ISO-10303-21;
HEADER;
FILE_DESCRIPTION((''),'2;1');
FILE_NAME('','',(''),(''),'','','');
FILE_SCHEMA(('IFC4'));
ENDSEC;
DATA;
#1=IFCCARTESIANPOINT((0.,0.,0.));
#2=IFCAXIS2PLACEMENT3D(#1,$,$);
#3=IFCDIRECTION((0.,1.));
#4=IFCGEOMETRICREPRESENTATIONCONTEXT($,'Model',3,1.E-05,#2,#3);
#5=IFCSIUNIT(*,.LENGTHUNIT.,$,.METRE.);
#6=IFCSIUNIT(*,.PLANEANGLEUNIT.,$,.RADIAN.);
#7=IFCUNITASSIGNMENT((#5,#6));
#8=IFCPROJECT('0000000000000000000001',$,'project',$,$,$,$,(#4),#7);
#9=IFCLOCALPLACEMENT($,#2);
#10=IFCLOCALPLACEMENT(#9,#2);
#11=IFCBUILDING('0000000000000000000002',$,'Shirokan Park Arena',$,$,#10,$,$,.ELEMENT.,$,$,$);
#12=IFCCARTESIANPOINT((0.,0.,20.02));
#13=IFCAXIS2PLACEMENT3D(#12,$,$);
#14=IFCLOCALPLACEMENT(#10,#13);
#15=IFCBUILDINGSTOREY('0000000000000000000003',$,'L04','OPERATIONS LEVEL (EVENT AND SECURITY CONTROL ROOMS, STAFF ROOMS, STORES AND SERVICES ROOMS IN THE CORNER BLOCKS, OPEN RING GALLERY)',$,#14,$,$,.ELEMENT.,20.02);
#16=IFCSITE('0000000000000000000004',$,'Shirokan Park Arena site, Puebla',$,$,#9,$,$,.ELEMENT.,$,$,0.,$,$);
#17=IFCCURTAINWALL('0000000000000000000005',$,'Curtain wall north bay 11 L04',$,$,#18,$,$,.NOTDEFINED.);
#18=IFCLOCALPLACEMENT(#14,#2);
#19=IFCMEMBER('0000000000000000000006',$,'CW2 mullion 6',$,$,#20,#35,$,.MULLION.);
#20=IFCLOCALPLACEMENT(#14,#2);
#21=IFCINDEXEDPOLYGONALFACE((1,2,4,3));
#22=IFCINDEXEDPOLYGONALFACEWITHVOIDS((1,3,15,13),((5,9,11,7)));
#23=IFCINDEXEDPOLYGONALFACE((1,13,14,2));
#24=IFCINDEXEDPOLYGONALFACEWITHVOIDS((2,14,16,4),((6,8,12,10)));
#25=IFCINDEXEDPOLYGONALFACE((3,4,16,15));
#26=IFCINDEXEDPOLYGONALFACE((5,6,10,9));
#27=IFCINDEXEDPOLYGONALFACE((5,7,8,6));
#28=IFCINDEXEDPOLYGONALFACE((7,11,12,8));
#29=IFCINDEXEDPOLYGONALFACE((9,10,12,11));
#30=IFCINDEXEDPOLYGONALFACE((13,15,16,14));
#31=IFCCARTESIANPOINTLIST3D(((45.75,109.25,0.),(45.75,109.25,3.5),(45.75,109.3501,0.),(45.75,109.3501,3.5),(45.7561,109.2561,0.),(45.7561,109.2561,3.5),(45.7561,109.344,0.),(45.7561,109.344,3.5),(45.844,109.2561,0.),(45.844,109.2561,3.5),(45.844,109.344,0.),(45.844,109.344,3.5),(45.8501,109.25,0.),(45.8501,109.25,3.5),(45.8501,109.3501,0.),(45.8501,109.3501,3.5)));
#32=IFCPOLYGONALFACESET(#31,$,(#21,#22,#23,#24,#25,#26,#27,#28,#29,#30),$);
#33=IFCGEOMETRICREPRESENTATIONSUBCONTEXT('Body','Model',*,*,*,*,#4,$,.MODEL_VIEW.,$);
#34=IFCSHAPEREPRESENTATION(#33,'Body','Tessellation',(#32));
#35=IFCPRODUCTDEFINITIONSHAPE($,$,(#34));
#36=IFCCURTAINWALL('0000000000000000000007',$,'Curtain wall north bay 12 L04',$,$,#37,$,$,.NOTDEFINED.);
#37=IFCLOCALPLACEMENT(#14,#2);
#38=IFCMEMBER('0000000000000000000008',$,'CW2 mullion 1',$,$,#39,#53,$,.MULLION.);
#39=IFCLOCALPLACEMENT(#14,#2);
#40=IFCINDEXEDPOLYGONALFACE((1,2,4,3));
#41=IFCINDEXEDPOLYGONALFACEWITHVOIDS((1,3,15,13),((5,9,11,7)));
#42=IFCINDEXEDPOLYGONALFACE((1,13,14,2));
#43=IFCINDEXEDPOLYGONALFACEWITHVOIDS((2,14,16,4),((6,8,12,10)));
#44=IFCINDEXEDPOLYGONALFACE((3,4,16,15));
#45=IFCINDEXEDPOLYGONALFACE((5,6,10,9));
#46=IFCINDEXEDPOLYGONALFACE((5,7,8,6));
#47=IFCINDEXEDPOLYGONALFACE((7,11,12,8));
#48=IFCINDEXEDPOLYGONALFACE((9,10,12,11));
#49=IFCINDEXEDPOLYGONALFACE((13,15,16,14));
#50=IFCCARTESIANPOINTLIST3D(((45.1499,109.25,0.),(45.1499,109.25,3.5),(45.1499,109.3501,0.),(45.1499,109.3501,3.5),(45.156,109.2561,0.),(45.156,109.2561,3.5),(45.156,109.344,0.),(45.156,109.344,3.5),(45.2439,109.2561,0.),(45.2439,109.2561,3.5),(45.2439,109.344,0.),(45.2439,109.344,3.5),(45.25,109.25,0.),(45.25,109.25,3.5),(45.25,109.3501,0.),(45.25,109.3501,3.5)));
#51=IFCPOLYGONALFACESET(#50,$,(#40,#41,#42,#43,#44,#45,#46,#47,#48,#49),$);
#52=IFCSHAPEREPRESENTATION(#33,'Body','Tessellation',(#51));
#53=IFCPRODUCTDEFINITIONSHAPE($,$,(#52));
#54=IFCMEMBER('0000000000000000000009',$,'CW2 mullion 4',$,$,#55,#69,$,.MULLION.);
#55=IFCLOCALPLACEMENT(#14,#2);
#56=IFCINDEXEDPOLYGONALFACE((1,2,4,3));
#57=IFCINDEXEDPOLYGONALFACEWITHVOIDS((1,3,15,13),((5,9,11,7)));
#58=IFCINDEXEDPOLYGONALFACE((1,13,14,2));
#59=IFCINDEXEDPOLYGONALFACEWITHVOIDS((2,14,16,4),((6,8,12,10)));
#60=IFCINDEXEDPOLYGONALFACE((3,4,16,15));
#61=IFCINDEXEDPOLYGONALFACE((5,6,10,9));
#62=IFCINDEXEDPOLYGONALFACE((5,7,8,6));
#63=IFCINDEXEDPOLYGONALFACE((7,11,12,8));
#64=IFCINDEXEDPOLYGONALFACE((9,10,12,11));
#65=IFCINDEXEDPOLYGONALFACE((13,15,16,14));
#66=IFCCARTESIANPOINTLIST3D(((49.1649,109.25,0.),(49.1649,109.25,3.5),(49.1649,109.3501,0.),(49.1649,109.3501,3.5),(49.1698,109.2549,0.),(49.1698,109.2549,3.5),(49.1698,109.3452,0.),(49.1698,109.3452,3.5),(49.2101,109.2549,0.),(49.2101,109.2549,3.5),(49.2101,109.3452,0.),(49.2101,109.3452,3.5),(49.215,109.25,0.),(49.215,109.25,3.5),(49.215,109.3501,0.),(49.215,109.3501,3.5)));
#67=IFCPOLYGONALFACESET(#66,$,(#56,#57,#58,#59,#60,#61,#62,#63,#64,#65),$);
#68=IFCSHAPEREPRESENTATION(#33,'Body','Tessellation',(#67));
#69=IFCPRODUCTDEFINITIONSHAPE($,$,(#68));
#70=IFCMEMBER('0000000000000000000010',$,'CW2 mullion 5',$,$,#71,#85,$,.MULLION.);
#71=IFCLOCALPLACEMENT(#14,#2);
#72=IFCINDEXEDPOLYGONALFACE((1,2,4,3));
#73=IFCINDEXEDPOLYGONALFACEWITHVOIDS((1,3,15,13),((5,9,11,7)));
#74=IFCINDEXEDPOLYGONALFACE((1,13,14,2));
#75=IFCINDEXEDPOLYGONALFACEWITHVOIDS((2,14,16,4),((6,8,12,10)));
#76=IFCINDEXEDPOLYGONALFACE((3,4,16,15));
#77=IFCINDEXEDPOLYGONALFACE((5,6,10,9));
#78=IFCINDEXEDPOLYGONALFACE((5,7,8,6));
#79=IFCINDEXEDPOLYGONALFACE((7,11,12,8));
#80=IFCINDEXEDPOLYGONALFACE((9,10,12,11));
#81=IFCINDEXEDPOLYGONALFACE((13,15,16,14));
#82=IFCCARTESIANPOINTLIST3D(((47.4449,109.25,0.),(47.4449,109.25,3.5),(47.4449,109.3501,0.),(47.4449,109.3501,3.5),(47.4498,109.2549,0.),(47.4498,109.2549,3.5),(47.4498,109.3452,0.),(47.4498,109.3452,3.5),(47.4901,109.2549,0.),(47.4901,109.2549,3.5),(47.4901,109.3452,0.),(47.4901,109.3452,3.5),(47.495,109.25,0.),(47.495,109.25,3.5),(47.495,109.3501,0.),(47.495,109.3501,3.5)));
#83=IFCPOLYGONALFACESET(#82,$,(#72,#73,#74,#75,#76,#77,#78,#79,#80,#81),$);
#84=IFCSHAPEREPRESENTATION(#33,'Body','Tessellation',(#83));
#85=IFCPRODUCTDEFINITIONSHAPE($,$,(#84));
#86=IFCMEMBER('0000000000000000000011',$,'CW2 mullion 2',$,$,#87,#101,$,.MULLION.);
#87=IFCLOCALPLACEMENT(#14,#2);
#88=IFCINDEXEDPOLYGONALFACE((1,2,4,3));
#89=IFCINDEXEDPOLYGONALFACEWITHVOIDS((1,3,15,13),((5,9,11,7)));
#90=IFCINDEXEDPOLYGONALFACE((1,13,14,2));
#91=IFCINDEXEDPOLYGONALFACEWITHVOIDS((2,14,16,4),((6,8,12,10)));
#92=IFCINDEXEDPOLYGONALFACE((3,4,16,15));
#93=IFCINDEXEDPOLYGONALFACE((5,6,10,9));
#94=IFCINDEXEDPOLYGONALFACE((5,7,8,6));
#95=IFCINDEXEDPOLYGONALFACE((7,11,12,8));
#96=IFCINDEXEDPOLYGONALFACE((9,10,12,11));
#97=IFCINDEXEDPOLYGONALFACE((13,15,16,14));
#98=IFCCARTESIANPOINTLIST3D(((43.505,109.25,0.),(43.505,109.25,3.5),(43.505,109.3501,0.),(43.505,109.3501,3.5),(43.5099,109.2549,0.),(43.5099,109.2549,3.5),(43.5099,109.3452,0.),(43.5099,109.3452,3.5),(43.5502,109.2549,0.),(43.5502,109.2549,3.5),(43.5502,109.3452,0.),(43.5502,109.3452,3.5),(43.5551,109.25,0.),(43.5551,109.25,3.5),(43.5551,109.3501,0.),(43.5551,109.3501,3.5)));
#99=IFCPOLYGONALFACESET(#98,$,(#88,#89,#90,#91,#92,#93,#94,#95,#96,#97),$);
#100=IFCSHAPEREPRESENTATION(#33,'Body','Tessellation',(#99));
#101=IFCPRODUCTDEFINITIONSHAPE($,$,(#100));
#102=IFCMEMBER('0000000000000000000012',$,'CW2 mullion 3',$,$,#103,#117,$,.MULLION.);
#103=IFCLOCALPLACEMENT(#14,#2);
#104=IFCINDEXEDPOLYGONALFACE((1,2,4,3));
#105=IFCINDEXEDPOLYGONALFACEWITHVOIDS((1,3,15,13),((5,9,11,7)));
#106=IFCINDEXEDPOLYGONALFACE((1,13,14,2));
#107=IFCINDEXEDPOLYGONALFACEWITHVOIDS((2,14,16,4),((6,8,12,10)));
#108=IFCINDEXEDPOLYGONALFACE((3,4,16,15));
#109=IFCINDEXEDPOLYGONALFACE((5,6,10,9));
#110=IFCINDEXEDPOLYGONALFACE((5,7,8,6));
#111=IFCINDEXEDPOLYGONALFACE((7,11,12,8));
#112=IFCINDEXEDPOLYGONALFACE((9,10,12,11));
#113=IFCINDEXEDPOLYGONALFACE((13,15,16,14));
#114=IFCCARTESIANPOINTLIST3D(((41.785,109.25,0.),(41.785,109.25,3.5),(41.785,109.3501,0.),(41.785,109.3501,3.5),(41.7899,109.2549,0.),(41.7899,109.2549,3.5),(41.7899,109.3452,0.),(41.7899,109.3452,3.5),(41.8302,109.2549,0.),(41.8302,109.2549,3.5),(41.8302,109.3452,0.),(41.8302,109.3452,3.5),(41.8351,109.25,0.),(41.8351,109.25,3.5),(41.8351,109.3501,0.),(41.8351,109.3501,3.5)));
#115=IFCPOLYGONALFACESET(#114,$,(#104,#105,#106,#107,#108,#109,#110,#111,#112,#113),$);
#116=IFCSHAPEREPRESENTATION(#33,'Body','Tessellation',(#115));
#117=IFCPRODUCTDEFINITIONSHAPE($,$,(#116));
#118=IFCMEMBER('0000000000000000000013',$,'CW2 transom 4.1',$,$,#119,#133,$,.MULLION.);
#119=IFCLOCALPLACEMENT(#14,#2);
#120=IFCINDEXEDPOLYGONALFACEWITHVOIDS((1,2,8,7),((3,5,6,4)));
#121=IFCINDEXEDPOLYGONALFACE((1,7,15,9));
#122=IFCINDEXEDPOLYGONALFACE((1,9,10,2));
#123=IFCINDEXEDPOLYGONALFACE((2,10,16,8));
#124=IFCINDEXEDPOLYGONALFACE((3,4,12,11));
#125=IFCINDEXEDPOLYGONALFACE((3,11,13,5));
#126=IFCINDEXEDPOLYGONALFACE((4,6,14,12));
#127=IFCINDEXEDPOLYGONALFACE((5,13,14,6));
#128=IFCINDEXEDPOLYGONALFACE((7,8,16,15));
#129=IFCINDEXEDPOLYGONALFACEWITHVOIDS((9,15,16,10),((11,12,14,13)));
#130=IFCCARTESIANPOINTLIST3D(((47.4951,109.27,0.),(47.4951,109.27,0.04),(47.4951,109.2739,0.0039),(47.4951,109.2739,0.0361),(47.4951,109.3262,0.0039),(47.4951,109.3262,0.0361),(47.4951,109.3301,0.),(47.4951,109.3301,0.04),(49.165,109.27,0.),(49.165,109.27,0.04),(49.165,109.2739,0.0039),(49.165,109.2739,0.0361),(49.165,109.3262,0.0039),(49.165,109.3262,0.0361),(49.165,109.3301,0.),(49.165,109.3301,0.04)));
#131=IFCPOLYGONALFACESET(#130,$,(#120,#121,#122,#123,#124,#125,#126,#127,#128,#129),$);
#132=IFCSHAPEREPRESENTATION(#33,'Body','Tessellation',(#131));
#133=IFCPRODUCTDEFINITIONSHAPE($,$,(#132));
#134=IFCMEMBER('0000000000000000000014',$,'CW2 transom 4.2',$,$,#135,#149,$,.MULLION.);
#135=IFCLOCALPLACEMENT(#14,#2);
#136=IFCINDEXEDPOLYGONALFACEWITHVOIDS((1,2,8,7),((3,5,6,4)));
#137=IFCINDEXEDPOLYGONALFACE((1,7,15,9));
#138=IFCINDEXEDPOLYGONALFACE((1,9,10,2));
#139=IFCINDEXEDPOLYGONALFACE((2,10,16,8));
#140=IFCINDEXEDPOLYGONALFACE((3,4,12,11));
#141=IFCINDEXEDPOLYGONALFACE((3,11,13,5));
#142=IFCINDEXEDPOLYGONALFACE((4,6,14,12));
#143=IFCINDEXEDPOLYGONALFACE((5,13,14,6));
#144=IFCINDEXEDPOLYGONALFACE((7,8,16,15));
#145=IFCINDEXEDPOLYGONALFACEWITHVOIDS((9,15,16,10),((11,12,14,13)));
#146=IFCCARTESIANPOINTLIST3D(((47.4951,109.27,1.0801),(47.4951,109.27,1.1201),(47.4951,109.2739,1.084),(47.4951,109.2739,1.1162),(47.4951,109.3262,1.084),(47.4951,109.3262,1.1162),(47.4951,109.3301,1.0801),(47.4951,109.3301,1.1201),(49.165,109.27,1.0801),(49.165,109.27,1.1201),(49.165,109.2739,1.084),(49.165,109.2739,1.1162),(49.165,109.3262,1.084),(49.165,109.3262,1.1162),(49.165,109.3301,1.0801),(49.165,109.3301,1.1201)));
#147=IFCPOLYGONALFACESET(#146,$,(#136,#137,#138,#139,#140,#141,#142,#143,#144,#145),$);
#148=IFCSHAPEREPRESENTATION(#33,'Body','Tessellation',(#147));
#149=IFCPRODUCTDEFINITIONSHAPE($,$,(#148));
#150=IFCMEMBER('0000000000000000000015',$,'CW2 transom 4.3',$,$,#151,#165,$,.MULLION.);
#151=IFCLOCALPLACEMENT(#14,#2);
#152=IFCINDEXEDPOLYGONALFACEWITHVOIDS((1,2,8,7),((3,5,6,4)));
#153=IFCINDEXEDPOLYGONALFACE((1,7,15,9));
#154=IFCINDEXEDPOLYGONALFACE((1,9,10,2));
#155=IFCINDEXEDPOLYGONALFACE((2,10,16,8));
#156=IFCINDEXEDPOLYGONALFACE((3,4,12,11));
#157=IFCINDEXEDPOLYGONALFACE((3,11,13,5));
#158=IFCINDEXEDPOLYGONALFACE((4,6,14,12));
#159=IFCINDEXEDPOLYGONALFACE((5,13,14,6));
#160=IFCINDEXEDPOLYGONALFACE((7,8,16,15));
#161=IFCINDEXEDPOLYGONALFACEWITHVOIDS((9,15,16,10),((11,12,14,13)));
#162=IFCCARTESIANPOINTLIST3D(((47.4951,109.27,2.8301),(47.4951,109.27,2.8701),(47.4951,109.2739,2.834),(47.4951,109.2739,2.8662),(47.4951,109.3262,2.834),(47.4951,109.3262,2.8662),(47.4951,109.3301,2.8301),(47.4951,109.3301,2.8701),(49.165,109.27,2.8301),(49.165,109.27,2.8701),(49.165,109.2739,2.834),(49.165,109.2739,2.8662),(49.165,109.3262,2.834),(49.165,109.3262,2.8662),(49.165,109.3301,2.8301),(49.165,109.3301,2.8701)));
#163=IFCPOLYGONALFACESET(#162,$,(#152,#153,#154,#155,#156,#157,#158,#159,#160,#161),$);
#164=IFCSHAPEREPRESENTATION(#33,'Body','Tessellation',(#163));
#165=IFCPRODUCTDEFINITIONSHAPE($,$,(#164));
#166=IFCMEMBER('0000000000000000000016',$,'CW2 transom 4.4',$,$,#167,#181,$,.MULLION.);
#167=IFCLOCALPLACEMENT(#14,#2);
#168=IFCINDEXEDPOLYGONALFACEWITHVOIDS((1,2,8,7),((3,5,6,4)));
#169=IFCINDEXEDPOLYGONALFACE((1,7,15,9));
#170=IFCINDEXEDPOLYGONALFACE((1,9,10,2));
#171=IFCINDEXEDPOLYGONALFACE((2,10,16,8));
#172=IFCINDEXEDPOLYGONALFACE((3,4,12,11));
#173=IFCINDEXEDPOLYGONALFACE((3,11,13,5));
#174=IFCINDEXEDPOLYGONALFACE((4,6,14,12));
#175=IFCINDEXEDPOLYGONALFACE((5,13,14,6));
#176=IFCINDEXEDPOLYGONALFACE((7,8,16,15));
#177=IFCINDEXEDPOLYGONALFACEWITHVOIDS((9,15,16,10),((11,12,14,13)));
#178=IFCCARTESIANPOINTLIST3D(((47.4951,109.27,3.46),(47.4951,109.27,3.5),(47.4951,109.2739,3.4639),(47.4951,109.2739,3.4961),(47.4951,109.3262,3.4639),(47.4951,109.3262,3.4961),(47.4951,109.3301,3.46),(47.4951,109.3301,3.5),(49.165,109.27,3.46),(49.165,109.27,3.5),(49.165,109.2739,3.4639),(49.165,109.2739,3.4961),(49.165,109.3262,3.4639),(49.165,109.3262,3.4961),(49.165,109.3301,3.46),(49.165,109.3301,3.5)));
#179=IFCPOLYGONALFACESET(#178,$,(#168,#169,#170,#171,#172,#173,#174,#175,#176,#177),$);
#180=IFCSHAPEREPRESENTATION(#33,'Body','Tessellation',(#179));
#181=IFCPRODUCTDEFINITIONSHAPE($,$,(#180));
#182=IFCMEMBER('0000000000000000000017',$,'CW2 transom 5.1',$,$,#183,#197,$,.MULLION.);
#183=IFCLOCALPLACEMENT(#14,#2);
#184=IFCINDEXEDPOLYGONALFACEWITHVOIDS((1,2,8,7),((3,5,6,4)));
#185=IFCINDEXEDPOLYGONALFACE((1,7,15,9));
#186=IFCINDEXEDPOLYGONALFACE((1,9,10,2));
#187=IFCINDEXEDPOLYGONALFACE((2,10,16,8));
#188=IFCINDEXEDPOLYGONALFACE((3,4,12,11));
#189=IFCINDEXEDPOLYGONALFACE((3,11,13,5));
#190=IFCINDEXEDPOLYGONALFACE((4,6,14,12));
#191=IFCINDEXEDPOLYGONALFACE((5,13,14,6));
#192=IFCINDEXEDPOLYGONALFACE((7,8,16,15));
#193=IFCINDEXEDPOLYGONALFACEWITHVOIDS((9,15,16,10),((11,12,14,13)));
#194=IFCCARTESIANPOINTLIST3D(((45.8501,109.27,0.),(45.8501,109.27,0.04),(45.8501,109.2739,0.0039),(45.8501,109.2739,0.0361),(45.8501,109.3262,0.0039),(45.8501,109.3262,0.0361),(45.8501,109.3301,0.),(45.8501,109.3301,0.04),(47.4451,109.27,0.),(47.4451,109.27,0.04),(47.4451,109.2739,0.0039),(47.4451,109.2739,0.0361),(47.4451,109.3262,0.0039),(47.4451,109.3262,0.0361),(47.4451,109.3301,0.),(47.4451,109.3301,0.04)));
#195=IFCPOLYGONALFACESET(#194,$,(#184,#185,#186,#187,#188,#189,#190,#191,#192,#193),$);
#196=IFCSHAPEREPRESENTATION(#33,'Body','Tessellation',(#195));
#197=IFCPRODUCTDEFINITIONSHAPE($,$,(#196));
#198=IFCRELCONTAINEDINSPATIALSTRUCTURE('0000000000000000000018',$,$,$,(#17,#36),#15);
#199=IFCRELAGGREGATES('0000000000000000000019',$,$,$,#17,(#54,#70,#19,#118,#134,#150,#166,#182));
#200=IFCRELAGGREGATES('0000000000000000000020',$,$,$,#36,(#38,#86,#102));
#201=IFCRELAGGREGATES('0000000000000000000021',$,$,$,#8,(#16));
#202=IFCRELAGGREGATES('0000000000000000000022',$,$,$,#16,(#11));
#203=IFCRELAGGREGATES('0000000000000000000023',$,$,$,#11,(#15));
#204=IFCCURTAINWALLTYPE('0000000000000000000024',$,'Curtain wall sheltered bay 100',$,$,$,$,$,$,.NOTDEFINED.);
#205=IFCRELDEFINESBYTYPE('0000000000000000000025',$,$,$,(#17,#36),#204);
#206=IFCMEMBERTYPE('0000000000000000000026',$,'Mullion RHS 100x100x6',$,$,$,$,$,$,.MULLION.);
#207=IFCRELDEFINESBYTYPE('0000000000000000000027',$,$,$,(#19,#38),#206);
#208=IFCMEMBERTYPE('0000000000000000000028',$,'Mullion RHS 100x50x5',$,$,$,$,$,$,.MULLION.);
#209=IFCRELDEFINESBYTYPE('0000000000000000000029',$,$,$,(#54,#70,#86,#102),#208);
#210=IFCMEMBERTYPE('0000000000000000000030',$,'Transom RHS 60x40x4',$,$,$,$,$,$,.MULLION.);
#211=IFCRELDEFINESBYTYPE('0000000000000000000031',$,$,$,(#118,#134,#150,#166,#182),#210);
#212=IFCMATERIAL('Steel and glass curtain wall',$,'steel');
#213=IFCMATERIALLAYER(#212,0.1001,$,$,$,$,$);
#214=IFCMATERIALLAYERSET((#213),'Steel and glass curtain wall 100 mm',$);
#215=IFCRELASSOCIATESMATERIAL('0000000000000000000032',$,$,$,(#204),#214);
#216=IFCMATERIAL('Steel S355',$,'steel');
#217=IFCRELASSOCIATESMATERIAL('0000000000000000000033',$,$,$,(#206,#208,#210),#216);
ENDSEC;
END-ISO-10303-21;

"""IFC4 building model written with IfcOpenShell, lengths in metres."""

from ifc_helpers import new_model, si_unit, direction, frame, origin, origin_2d, place, context, subcontext, project, spatial, hollow_rectangle, extrude, material, layer, layer_set, material_profile, profile_set, type_object, element, aggregate, save


model = new_model("IFC4")

# Units and contexts
model_context = context("Model", 3, precision=1e-05, world=origin(), true_north=direction((0.0, 1.0)))
body_context = subcontext(model_context, "Body", "Model", "MODEL_VIEW")
ifc_project = project(units=[si_unit("LENGTHUNIT", "METRE"), si_unit("PLANEANGLEUNIT", "RADIAN")], contexts=[model_context])

# Site, building, storey
site_placement = place(None, origin())
site = spatial("IfcSite", under=ifc_project, at=site_placement, Name="Shirokan Park Arena site, Puebla", CompositionType="ELEMENT", RefElevation=0.0)
building_placement = place(site_placement, origin())
building = spatial("IfcBuilding", under=site, at=building_placement, Name="Shirokan Park Arena", CompositionType="ELEMENT")
storey_placement = place(building_placement, frame((0.0, 0.0, 20.02)))
storey = spatial("IfcBuildingStorey", under=building, at=storey_placement, Name="L04", Description="OPERATIONS LEVEL (EVENT AND SECURITY CONTROL ROOMS, STAFF ROOMS, STORES AND SERVICES ROOMS IN THE CORNER BLOCKS, OPEN RING GALLERY)", CompositionType="ELEMENT", Elevation=20.02)

# Curtain walls, members
ifc_material_1 = material(Name="Steel and glass curtain wall", Category="steel")
ifc_layer_1 = layer(ifc_material_1, 0.1001)
ifc_layer_set_1 = layer_set([ifc_layer_1], Name="Steel and glass curtain wall 100 mm")
curtain_wall_type = type_object("IfcCurtainWallType", Name="Curtain wall sheltered bay 100", PredefinedType="NOTDEFINED", material=ifc_layer_set_1)
curtain_wall_1_placement = place(storey_placement, origin())
curtain_wall_1 = element("IfcCurtainWall", 1, at=curtain_wall_1_placement, inside=storey, type_object=curtain_wall_type, Name="Curtain wall north bay 11 L04", PredefinedType="NOTDEFINED")
ifc_material_2 = material(Name="Steel S355", Category="steel")
ifc_material_profile_1 = material_profile(ifc_material_2, hollow_rectangle(XDim=0.1001, YDim=0.1001, WallThickness=0.0061, at=origin_2d()), Name="RHS 100x100x6")
ifc_profile_set_1 = profile_set([ifc_material_profile_1], Name="Steel S355")
member_type_1 = type_object("IfcMemberType", Name="Mullion RHS 100x100x6", PredefinedType="MULLION", material=ifc_profile_set_1)
member_1_placement = place(storey_placement, frame((45.8, 109.3, 0.0), z_axis=(0.0, 0.0, 1.0), x_axis=(0.0, -1.0, 0.0)))
member_1 = element("IfcMember", 2, at=member_1_placement, type_object=member_type_1, Name="CW2 mullion 6", PredefinedType="MULLION", context=body_context, shape_type="SweptSolid", body=[
    extrude(hollow_rectangle(XDim=0.1001, YDim=0.1001, WallThickness=0.0061, at=origin_2d()), origin(), (0.0, 0.0, 1.0), 3.5),
])
curtain_wall_2_placement = place(storey_placement, origin())
curtain_wall_2 = element("IfcCurtainWall", 3, at=curtain_wall_2_placement, inside=storey, type_object=curtain_wall_type, Name="Curtain wall north bay 12 L04", PredefinedType="NOTDEFINED")
member_2_placement = place(storey_placement, frame((45.2, 109.3, 0.0), z_axis=(0.0, 0.0, 1.0), x_axis=(0.0, -1.0, 0.0)))
member_2 = element("IfcMember", 4, at=member_2_placement, type_object=member_type_1, Name="CW2 mullion 1", PredefinedType="MULLION", context=body_context, shape_type="SweptSolid", body=[
    extrude(hollow_rectangle(XDim=0.1001, YDim=0.1001, WallThickness=0.0061, at=origin_2d()), origin(), (0.0, 0.0, 1.0), 3.5),
])

# Members
ifc_material_profile_2 = material_profile(ifc_material_2, hollow_rectangle(XDim=0.1001, YDim=0.05, WallThickness=0.0049, at=origin_2d()), Name="RHS 100x50x5")
ifc_profile_set_2 = profile_set([ifc_material_profile_2], Name="Steel S355")
member_type_2 = type_object("IfcMemberType", Name="Mullion RHS 100x50x5", PredefinedType="MULLION", material=ifc_profile_set_2)
member_3_placement = place(storey_placement, frame((49.1899, 109.3, 0.0), z_axis=(0.0, 0.0, 1.0), x_axis=(0.0, -1.0, 0.0)))
member_3 = element("IfcMember", 5, at=member_3_placement, type_object=member_type_2, Name="CW2 mullion 4", PredefinedType="MULLION", context=body_context, shape_type="SweptSolid", body=[
    extrude(hollow_rectangle(XDim=0.1001, YDim=0.05, WallThickness=0.0049, at=origin_2d()), origin(), (0.0, 0.0, 1.0), 3.5),
])
member_4_placement = place(storey_placement, frame((47.47, 109.3, 0.0), z_axis=(0.0, 0.0, 1.0), x_axis=(0.0, -1.0, 0.0)))
member_4 = element("IfcMember", 6, at=member_4_placement, type_object=member_type_2, Name="CW2 mullion 5", PredefinedType="MULLION", context=body_context, shape_type="SweptSolid", body=[
    extrude(hollow_rectangle(XDim=0.1001, YDim=0.05, WallThickness=0.0049, at=origin_2d()), origin(), (0.0, 0.0, 1.0), 3.5),
])
member_5_placement = place(storey_placement, frame((43.53, 109.3, 0.0), z_axis=(0.0, 0.0, 1.0), x_axis=(0.0, -1.0, 0.0)))
member_5 = element("IfcMember", 7, at=member_5_placement, type_object=member_type_2, Name="CW2 mullion 2", PredefinedType="MULLION", context=body_context, shape_type="SweptSolid", body=[
    extrude(hollow_rectangle(XDim=0.1001, YDim=0.05, WallThickness=0.0049, at=origin_2d()), origin(), (0.0, 0.0, 1.0), 3.5),
])
member_6_placement = place(storey_placement, frame((41.8101, 109.3, 0.0), z_axis=(0.0, 0.0, 1.0), x_axis=(0.0, -1.0, 0.0)))
member_6 = element("IfcMember", 8, at=member_6_placement, type_object=member_type_2, Name="CW2 mullion 3", PredefinedType="MULLION", context=body_context, shape_type="SweptSolid", body=[
    extrude(hollow_rectangle(XDim=0.1001, YDim=0.05, WallThickness=0.0049, at=origin_2d()), origin(), (0.0, 0.0, 1.0), 3.5),
])
ifc_material_profile_3 = material_profile(ifc_material_2, hollow_rectangle(XDim=0.0601, YDim=0.04, WallThickness=0.0039, at=origin_2d()), Name="RHS 60x40x4")
ifc_profile_set_3 = profile_set([ifc_material_profile_3], Name="Steel S355")
member_type_3 = type_object("IfcMemberType", Name="Transom RHS 60x40x4", PredefinedType="MULLION", material=ifc_profile_set_3)
member_7_placement = place(storey_placement, frame((49.165, 109.3, 0.02), z_axis=(-1.0, 0.0, 0.0), x_axis=(0.0, -1.0, 0.0)))
member_7 = element("IfcMember", 9, at=member_7_placement, type_object=member_type_3, Name="CW2 transom 4.1", PredefinedType="MULLION", context=body_context, shape_type="SweptSolid", body=[
    extrude(hollow_rectangle(XDim=0.0601, YDim=0.04, WallThickness=0.0039, at=origin_2d()), origin(), (0.0, 0.0, 1.0), 1.6699),
])
member_8_placement = place(storey_placement, frame((49.165, 109.3, 1.1001), z_axis=(-1.0, 0.0, 0.0), x_axis=(0.0, -1.0, 0.0)))
member_8 = element("IfcMember", 10, at=member_8_placement, type_object=member_type_3, Name="CW2 transom 4.2", PredefinedType="MULLION", context=body_context, shape_type="SweptSolid", body=[
    extrude(hollow_rectangle(XDim=0.0601, YDim=0.04, WallThickness=0.0039, at=origin_2d()), origin(), (0.0, 0.0, 1.0), 1.6699),
])
member_9_placement = place(storey_placement, frame((49.165, 109.3, 2.8501), z_axis=(-1.0, 0.0, 0.0), x_axis=(0.0, -1.0, 0.0)))
member_9 = element("IfcMember", 11, at=member_9_placement, type_object=member_type_3, Name="CW2 transom 4.3", PredefinedType="MULLION", context=body_context, shape_type="SweptSolid", body=[
    extrude(hollow_rectangle(XDim=0.0601, YDim=0.04, WallThickness=0.0039, at=origin_2d()), origin(), (0.0, 0.0, 1.0), 1.6699),
])
member_10_placement = place(storey_placement, frame((49.165, 109.3, 3.48), z_axis=(-1.0, 0.0, 0.0), x_axis=(0.0, -1.0, 0.0)))
member_10 = element("IfcMember", 12, at=member_10_placement, type_object=member_type_3, Name="CW2 transom 4.4", PredefinedType="MULLION", context=body_context, shape_type="SweptSolid", body=[
    extrude(hollow_rectangle(XDim=0.0601, YDim=0.04, WallThickness=0.0039, at=origin_2d()), origin(), (0.0, 0.0, 1.0), 1.6699),
])
member_11_placement = place(storey_placement, frame((47.4451, 109.3, 0.02), z_axis=(-1.0, 0.0, 0.0), x_axis=(0.0, -1.0, 0.0)))
member_11 = element("IfcMember", 13, at=member_11_placement, type_object=member_type_3, Name="CW2 transom 5.1", PredefinedType="MULLION", context=body_context, shape_type="SweptSolid", body=[
    extrude(hollow_rectangle(XDim=0.0601, YDim=0.04, WallThickness=0.0039, at=origin_2d()), origin(), (0.0, 0.0, 1.0), 1.595),
])

aggregate(curtain_wall_1, [member_3, member_4, member_1, member_7, member_8, member_9, member_10, member_11])
aggregate(curtain_wall_2, [member_2, member_5, member_6])

save(model, "model.ifc")
